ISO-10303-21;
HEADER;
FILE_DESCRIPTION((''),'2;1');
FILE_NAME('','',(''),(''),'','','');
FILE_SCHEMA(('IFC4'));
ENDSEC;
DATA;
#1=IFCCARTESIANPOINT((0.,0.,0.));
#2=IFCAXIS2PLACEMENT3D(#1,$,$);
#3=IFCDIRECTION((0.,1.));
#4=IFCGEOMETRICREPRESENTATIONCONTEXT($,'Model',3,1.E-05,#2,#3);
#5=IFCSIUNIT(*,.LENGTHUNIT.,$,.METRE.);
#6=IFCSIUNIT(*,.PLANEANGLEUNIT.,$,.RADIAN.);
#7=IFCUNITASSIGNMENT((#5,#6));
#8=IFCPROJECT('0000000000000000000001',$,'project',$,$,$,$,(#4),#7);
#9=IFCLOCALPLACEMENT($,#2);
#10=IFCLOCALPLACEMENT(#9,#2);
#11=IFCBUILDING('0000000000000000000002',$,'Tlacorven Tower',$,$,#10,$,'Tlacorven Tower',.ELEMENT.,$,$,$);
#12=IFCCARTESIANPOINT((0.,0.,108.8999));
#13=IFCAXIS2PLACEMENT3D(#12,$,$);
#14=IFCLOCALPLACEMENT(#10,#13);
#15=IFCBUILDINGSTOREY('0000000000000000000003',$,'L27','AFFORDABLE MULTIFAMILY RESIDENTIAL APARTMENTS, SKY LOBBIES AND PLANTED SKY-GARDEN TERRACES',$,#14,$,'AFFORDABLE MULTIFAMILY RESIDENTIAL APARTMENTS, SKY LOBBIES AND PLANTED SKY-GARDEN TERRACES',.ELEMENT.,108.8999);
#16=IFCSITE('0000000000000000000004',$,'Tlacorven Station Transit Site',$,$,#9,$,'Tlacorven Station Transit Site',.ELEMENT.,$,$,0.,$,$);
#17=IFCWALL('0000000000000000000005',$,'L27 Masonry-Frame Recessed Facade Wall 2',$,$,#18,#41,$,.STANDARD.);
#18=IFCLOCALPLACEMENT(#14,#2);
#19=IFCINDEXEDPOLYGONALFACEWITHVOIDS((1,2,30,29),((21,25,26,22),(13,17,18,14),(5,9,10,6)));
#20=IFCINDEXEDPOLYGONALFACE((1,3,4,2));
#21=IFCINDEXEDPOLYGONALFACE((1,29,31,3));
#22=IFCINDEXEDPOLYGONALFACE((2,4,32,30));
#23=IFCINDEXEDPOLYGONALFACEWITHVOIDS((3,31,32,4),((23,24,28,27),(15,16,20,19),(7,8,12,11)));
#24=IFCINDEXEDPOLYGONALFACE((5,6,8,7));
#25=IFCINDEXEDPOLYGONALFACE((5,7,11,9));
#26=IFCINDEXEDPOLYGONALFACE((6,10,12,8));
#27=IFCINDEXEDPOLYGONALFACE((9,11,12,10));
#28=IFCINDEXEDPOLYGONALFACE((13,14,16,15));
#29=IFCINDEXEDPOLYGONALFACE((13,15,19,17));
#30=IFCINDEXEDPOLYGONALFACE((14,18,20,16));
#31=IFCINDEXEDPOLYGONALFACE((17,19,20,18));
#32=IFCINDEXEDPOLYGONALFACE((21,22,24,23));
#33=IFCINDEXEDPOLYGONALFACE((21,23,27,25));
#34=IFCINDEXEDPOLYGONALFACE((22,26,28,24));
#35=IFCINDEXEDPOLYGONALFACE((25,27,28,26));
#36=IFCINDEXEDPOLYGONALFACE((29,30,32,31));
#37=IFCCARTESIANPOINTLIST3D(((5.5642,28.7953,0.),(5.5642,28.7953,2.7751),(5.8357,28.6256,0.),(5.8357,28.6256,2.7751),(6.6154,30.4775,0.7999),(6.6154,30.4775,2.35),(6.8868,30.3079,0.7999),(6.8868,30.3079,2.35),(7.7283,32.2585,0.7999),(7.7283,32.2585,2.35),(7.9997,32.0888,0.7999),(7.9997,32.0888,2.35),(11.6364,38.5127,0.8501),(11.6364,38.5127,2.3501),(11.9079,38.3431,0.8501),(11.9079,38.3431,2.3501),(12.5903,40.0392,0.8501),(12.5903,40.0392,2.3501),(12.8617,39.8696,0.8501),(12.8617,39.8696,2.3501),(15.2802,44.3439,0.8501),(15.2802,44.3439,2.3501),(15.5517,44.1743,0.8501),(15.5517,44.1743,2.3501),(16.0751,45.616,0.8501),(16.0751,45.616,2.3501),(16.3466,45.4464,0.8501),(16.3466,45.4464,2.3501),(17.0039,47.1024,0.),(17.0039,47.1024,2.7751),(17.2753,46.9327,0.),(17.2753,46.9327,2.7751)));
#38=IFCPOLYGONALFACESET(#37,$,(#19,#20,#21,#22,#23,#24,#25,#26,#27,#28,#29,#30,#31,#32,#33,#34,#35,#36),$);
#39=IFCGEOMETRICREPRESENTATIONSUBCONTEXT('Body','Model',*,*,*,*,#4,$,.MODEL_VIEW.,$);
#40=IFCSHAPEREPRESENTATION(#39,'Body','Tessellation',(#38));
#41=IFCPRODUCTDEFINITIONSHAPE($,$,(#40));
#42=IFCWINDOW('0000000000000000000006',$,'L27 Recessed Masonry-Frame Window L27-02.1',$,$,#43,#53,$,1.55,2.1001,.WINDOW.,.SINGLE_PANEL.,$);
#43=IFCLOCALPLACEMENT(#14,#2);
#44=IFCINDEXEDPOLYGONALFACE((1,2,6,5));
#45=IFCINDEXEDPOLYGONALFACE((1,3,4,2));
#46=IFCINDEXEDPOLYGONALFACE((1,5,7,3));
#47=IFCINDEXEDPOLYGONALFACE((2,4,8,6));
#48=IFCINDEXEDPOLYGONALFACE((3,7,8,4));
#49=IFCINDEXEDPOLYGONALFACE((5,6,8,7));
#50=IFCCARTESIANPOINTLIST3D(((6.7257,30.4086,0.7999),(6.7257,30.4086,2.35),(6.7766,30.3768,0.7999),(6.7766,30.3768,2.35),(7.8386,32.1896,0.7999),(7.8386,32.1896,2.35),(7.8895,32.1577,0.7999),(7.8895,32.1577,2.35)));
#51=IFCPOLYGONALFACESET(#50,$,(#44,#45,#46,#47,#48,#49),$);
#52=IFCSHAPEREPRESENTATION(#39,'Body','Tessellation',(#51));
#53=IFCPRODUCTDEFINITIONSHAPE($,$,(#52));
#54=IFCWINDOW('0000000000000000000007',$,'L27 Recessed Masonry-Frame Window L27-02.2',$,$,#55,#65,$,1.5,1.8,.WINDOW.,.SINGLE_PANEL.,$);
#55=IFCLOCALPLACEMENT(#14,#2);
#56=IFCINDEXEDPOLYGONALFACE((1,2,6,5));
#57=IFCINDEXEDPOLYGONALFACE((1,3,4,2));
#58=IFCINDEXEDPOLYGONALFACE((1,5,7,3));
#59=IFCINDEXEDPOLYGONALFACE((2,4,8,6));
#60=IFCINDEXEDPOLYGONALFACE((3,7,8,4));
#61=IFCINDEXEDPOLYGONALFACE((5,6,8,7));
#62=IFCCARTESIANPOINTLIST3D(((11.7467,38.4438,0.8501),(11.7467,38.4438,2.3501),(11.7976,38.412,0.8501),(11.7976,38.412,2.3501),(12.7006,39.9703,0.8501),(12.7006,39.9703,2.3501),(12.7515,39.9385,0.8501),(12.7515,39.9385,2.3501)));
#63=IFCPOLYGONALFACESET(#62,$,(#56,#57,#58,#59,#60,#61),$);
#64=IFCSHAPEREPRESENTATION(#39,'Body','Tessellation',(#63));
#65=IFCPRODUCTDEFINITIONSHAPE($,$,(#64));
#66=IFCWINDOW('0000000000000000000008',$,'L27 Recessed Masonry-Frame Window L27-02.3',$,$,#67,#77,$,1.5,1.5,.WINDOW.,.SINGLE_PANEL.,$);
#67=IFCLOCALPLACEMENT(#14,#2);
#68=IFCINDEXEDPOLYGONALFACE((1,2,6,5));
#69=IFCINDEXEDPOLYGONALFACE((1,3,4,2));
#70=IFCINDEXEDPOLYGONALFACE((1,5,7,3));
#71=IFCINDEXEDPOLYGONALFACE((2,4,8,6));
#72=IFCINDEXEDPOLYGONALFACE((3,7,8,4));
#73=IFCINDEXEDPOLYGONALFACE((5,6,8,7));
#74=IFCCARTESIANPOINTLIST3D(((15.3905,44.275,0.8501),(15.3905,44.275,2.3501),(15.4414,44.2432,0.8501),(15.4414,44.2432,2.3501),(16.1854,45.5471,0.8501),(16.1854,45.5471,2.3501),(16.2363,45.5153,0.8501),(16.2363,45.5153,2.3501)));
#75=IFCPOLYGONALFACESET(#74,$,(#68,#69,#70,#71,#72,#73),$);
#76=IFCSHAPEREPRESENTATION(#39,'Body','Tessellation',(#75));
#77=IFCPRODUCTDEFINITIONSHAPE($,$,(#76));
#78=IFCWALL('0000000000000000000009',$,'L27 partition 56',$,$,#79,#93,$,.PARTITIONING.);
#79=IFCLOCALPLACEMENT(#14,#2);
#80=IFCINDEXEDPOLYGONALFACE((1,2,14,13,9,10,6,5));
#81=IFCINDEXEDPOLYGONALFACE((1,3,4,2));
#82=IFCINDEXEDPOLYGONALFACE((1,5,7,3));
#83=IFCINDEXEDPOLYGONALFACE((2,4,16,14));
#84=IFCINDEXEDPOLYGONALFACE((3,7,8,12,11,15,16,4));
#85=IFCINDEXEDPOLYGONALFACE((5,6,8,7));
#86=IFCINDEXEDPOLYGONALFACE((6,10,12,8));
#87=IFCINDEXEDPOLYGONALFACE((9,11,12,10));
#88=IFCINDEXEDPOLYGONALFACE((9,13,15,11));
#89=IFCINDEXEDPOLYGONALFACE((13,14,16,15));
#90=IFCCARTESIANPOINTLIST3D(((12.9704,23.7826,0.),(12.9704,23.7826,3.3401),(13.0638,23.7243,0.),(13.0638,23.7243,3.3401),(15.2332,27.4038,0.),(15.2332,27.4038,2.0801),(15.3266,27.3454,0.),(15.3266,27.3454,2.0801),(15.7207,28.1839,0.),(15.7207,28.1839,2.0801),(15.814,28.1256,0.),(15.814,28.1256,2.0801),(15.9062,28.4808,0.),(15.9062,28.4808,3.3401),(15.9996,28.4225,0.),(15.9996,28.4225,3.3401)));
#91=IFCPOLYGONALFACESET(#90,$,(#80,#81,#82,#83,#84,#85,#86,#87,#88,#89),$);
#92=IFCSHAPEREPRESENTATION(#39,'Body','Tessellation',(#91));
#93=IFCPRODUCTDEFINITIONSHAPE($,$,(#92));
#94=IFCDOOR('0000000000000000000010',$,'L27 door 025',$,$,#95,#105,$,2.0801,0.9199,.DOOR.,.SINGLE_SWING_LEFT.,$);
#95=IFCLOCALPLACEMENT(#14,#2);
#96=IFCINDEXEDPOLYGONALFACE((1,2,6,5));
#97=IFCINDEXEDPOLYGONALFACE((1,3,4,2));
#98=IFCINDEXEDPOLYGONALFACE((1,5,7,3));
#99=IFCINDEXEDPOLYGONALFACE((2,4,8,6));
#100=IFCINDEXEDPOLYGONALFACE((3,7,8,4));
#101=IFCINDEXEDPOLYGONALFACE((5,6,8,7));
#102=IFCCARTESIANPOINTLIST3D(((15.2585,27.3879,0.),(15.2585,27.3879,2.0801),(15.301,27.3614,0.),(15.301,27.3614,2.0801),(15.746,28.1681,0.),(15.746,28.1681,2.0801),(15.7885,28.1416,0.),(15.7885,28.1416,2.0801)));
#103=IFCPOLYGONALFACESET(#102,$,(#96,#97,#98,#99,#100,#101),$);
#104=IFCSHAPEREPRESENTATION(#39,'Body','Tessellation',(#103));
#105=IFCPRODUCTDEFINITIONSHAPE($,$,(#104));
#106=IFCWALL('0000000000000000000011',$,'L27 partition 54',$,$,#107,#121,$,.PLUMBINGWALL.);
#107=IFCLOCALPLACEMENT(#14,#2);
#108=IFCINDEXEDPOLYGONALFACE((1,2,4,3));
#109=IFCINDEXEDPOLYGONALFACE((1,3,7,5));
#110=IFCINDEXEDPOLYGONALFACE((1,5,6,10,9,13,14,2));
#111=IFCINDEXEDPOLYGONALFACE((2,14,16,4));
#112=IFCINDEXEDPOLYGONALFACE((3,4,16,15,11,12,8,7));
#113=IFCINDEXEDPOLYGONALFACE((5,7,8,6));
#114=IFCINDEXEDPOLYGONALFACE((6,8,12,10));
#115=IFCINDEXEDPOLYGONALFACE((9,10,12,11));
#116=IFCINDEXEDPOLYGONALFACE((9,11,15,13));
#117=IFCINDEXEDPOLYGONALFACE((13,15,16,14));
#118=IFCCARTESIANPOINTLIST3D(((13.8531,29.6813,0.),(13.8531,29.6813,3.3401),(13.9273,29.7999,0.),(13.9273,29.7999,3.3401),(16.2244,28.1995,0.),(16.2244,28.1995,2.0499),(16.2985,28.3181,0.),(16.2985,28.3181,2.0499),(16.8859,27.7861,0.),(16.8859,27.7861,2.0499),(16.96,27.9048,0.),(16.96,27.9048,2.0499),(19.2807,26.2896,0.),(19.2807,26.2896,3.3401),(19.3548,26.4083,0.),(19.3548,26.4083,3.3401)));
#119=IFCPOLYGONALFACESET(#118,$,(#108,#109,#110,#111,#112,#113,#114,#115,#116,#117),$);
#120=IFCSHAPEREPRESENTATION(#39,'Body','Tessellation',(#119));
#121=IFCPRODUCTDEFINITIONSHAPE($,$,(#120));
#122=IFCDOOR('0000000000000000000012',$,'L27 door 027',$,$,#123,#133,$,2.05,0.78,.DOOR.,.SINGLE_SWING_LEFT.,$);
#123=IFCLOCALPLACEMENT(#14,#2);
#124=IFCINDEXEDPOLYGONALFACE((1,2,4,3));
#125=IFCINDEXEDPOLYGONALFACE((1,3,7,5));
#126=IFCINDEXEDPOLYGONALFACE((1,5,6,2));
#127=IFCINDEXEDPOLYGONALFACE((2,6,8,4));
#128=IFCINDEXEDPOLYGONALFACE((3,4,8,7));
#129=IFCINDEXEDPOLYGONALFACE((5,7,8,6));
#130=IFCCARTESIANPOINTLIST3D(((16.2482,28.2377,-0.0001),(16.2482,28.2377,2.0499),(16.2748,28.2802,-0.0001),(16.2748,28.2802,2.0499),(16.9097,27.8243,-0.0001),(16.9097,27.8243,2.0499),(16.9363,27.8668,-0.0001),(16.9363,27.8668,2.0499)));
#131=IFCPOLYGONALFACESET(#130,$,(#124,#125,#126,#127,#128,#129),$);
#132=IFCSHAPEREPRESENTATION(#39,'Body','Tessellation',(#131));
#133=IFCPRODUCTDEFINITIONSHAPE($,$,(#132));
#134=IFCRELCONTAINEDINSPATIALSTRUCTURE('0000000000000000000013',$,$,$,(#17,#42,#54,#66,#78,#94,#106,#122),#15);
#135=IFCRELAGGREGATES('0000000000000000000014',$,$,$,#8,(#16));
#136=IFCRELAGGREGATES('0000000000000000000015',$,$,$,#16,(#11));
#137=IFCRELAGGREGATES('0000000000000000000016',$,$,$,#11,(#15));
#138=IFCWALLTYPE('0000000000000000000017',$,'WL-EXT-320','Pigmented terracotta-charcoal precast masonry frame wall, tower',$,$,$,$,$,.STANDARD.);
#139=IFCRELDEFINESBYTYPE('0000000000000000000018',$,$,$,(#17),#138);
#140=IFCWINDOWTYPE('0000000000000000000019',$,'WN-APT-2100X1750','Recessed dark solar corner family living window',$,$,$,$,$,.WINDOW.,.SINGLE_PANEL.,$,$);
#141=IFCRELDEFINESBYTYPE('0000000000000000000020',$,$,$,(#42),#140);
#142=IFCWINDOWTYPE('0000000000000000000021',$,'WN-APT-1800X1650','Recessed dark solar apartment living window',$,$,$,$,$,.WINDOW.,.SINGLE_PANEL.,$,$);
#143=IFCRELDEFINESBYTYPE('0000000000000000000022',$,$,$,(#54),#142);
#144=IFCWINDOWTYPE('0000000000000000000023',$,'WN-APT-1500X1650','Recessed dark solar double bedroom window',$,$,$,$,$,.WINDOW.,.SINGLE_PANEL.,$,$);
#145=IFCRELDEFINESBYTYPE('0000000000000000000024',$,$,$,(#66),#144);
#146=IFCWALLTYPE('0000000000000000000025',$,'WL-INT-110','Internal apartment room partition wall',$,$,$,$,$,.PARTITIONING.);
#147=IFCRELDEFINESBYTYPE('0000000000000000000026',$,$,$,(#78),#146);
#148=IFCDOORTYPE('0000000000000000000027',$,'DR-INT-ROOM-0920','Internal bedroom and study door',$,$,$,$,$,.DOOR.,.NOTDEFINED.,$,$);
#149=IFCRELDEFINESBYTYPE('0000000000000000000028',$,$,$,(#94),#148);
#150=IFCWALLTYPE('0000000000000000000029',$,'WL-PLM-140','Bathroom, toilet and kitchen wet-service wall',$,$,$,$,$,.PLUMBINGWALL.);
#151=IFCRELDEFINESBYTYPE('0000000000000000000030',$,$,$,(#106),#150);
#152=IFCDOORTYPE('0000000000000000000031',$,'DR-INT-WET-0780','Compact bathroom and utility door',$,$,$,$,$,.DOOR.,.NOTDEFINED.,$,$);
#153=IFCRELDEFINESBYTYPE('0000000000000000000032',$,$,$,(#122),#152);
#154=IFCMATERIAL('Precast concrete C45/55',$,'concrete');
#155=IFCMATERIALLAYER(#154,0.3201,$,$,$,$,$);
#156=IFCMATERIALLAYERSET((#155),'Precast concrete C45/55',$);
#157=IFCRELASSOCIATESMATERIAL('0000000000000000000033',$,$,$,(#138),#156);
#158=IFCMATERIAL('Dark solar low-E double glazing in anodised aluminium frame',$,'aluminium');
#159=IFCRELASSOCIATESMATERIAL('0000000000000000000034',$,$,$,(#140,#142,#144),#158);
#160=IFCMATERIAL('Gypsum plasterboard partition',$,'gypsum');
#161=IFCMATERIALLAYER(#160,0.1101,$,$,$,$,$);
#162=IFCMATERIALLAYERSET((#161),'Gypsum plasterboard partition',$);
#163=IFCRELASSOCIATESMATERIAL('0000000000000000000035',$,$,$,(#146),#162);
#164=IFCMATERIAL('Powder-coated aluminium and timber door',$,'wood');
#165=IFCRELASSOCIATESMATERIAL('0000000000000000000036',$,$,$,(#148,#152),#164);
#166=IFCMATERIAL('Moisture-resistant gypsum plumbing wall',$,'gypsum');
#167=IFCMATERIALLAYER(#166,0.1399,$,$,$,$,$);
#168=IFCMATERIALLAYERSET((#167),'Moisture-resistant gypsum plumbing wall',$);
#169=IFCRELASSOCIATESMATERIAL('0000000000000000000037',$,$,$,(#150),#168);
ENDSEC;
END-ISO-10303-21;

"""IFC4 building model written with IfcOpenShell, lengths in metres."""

from ifc_helpers import new_model, si_unit, direction, frame, frame_2d, origin, place, context, subcontext, project, spatial, rectangle, extrude, source, transform, mapped, material, layer, layer_set, type_object, element, fill, save


model = new_model("IFC4")

# Units and contexts
model_context = context("Model", 3, precision=1e-05, world=origin(), true_north=direction((0.0, 1.0)))
body_context = subcontext(model_context, "Body", "Model", "MODEL_VIEW")
ifc_project = project(units=[si_unit("LENGTHUNIT", "METRE"), si_unit("PLANEANGLEUNIT", "RADIAN")], contexts=[model_context])

# Site, building, storey
site_placement = place(None, origin())
site = spatial("IfcSite", under=ifc_project, at=site_placement, Name="Tlacorven Station Transit Site", LongName="Tlacorven Station Transit Site", CompositionType="ELEMENT", RefElevation=0.0)
building_placement = place(site_placement, origin())
building = spatial("IfcBuilding", under=site, at=building_placement, Name="Tlacorven Tower", LongName="Tlacorven Tower", CompositionType="ELEMENT")
storey_placement = place(building_placement, frame((0.0, 0.0, 108.8999)))
storey = spatial("IfcBuildingStorey", under=building, at=storey_placement, Name="L27", Description="AFFORDABLE MULTIFAMILY RESIDENTIAL APARTMENTS, SKY LOBBIES AND PLANTED SKY-GARDEN TERRACES", LongName="AFFORDABLE MULTIFAMILY RESIDENTIAL APARTMENTS, SKY LOBBIES AND PLANTED SKY-GARDEN TERRACES", CompositionType="ELEMENT", Elevation=108.8999)

# Wall, openings, windows
ifc_material_1 = material(Name="Precast concrete C45/55", Category="concrete")
ifc_layer_1 = layer(ifc_material_1, 0.3201)
ifc_layer_set_1 = layer_set([ifc_layer_1], Name="Precast concrete C45/55")
wall_type_1 = type_object("IfcWallType", Name="WL-EXT-320", Description="Pigmented terracotta-charcoal precast masonry frame wall, tower", PredefinedType="STANDARD", material=ifc_layer_set_1)
wall_1_placement = place(storey_placement, frame((5.7, 28.7104, 0.0), z_axis=(0.0, 0.0, 1.0), x_axis=(0.529924, 0.848045, 0.0)))
wall_1 = element("IfcWall", 1, at=wall_1_placement, inside=storey, type_object=wall_type_1, Name="L27 Masonry-Frame Recessed Facade Wall 2", PredefinedType="STANDARD", context=body_context, shape_type="SweptSolid", body=[
    extrude(rectangle(XDim=21.5874, YDim=0.3201, at=frame_2d((10.7937, 0.0))), origin(), (0.0, 0.0, 1.0), 2.7751),
])
opening_1_placement = place(wall_1_placement, frame((1.9836, 0.0, 0.8)))
opening_1 = element("IfcOpeningElement", 2, at=opening_1_placement, cuts=wall_1, PredefinedType="OPENING", context=body_context, shape_type="SweptSolid", body=[
    extrude(rectangle(XDim=2.1001, YDim=1.55, at=frame_2d((1.05, 0.7749))), frame((0.0, 0.1699, 0.0), z_axis=(0.0, -1.0, 0.0), x_axis=(1.0, 0.0, 0.0)), (0.0, 0.0, 1.0), 0.3401),
])
opening_2_placement = place(wall_1_placement, frame((11.4587, 0.0, 0.8501)))
opening_2 = element("IfcOpeningElement", 3, at=opening_2_placement, cuts=wall_1, PredefinedType="OPENING", context=body_context, shape_type="SweptSolid", body=[
    extrude(rectangle(XDim=1.8, YDim=1.5, at=frame_2d((0.8999, 0.75))), frame((0.0, 0.1699, 0.0), z_axis=(0.0, -1.0, 0.0), x_axis=(1.0, 0.0, 0.0)), (0.0, 0.0, 1.0), 0.3401),
])
opening_3_placement = place(wall_1_placement, frame((18.3347, 0.0, 0.8501)))
opening_3 = element("IfcOpeningElement", 4, at=opening_3_placement, cuts=wall_1, PredefinedType="OPENING", context=body_context, shape_type="SweptSolid", body=[
    extrude(rectangle(XDim=1.5, YDim=1.5, at=frame_2d((0.75, 0.75))), frame((0.0, 0.1699, 0.0), z_axis=(0.0, -1.0, 0.0), x_axis=(1.0, 0.0, 0.0)), (0.0, 0.0, 1.0), 0.3401),
])
ifc_material_2 = material(Name="Dark solar low-E double glazing in anodised aluminium frame", Category="aluminium")
window_type_1 = type_object("IfcWindowType", Name="WN-APT-2100X1750", Description="Recessed dark solar corner family living window", PartitioningType="SINGLE_PANEL", PredefinedType="WINDOW", material=ifc_material_2)
shared_shape_1 = source(origin(), body_context, "Body", "SweptSolid", [
    extrude(rectangle(XDim=2.1001, YDim=1.55, at=frame_2d((1.05, 0.7749))), frame((0.0, 0.03, 0.0), z_axis=(0.0, -1.0, 0.0), x_axis=(1.0, 0.0, 0.0)), (0.0, 0.0, 1.0), 0.0601),
])
window_1_placement = place(opening_1_placement, origin())
window_1 = element("IfcWindow", 5, at=window_1_placement, inside=storey, type_object=window_type_1, Name="L27 Recessed Masonry-Frame Window L27-02.1", OverallHeight=1.55, OverallWidth=2.1001, PartitioningType="SINGLE_PANEL", PredefinedType="WINDOW", context=body_context, shape_type="MappedRepresentation", body=[
    mapped(shared_shape_1, transform((0.0, 0.0, 0.0), scale=1.0)),
])
fill(opening_1, window_1)
window_type_2 = type_object("IfcWindowType", Name="WN-APT-1800X1650", Description="Recessed dark solar apartment living window", PartitioningType="SINGLE_PANEL", PredefinedType="WINDOW", material=ifc_material_2)
shared_shape_2 = source(origin(), body_context, "Body", "SweptSolid", [
    extrude(rectangle(XDim=1.8, YDim=1.5, at=frame_2d((0.8999, 0.75))), frame((0.0, 0.03, 0.0), z_axis=(0.0, -1.0, 0.0), x_axis=(1.0, 0.0, 0.0)), (0.0, 0.0, 1.0), 0.0601),
])
window_2_placement = place(opening_2_placement, origin())
window_2 = element("IfcWindow", 6, at=window_2_placement, inside=storey, type_object=window_type_2, Name="L27 Recessed Masonry-Frame Window L27-02.2", OverallHeight=1.5, OverallWidth=1.8, PartitioningType="SINGLE_PANEL", PredefinedType="WINDOW", context=body_context, shape_type="MappedRepresentation", body=[
    mapped(shared_shape_2, transform((0.0, 0.0, 0.0), scale=1.0)),
])
fill(opening_2, window_2)
window_type_3 = type_object("IfcWindowType", Name="WN-APT-1500X1650", Description="Recessed dark solar double bedroom window", PartitioningType="SINGLE_PANEL", PredefinedType="WINDOW", material=ifc_material_2)
shared_shape_3 = source(origin(), body_context, "Body", "SweptSolid", [
    extrude(rectangle(XDim=1.5, YDim=1.5, at=frame_2d((0.75, 0.75))), frame((0.0, 0.03, 0.0), z_axis=(0.0, -1.0, 0.0), x_axis=(1.0, 0.0, 0.0)), (0.0, 0.0, 1.0), 0.0601),
])
window_3_placement = place(opening_3_placement, origin())
window_3 = element("IfcWindow", 7, at=window_3_placement, inside=storey, type_object=window_type_3, Name="L27 Recessed Masonry-Frame Window L27-02.3", OverallHeight=1.5, OverallWidth=1.5, PartitioningType="SINGLE_PANEL", PredefinedType="WINDOW", context=body_context, shape_type="MappedRepresentation", body=[
    mapped(shared_shape_3, transform((0.0, 0.0, 0.0), scale=1.0)),
])
fill(opening_3, window_3)

# Walls, openings, doors
ifc_material_3 = material(Name="Gypsum plasterboard partition", Category="gypsum")
ifc_layer_2 = layer(ifc_material_3, 0.1101)
ifc_layer_set_2 = layer_set([ifc_layer_2], Name="Gypsum plasterboard partition")
wall_type_2 = type_object("IfcWallType", Name="WL-INT-110", Description="Internal apartment room partition wall", PredefinedType="PARTITIONING", material=ifc_layer_set_2)
wall_2_placement = place(storey_placement, frame((15.9529, 28.4517, 0.0), z_axis=(0.0, 0.0, 1.0), x_axis=(-0.52992, -0.848048, 0.0)))
wall_2 = element("IfcWall", 8, at=wall_2_placement, inside=storey, type_object=wall_type_2, Name="L27 partition 56", PredefinedType="PARTITIONING", context=body_context, shape_type="SweptSolid", body=[
    extrude(rectangle(XDim=5.54, YDim=0.1101, at=frame_2d((2.77, 0.0))), origin(), (0.0, 0.0, 1.0), 3.3401),
])
opening_4_placement = place(wall_2_placement, frame((0.3501, 0.0, 0.0)))
opening_4 = element("IfcOpeningElement", 9, at=opening_4_placement, cuts=wall_2, PredefinedType="OPENING", context=body_context, shape_type="SweptSolid", body=[
    extrude(rectangle(XDim=0.9199, YDim=2.0801, at=frame_2d((0.46, 1.04))), frame((0.0, 0.0649, 0.0), z_axis=(0.0, -1.0, 0.0), x_axis=(1.0, 0.0, 0.0)), (0.0, 0.0, 1.0), 0.1301),
])
ifc_material_4 = material(Name="Powder-coated aluminium and timber door", Category="wood")
door_type_1 = type_object("IfcDoorType", Name="DR-INT-ROOM-0920", Description="Internal bedroom and study door", OperationType="NOTDEFINED", PredefinedType="DOOR", material=ifc_material_4)
shared_shape_4 = source(origin(), body_context, "Body", "SweptSolid", [
    extrude(rectangle(XDim=0.9199, YDim=2.0801, at=frame_2d((0.46, 1.04))), frame((0.0, 0.0249, 0.0), z_axis=(0.0, -1.0, 0.0), x_axis=(1.0, 0.0, 0.0)), (0.0, 0.0, 1.0), 0.05),
])
door_1_placement = place(opening_4_placement, origin())
door_1 = element("IfcDoor", 10, at=door_1_placement, inside=storey, type_object=door_type_1, Name="L27 door 025", OperationType="SINGLE_SWING_LEFT", OverallHeight=2.0801, OverallWidth=0.9199, PredefinedType="DOOR", context=body_context, shape_type="MappedRepresentation", body=[
    mapped(shared_shape_4, transform((0.0, 0.0, 0.0), scale=1.0)),
])
fill(opening_4, door_1)
ifc_material_5 = material(Name="Moisture-resistant gypsum plumbing wall", Category="gypsum")
ifc_layer_3 = layer(ifc_material_5, 0.1399)
ifc_layer_set_3 = layer_set([ifc_layer_3], Name="Moisture-resistant gypsum plumbing wall")
wall_type_3 = type_object("IfcWallType", Name="WL-PLM-140", Description="Bathroom, toilet and kitchen wet-service wall", PredefinedType="PLUMBINGWALL", material=ifc_layer_set_3)
wall_3_placement = place(storey_placement, frame((19.3179, 26.3489, 0.0), z_axis=(0.0, 0.0, 1.0), x_axis=(-0.848039, 0.529934, 0.0)))
wall_3 = element("IfcWall", 11, at=wall_3_placement, inside=storey, type_object=wall_type_3, Name="L27 partition 54", PredefinedType="PLUMBINGWALL", context=body_context, shape_type="SweptSolid", body=[
    extrude(rectangle(XDim=6.4001, YDim=0.1399, at=frame_2d((3.2002, 0.0))), origin(), (0.0, 0.0, 1.0), 3.3401),
])
opening_5_placement = place(wall_3_placement, frame((2.824, 0.0, 0.0)))
opening_5 = element("IfcOpeningElement", 12, at=opening_5_placement, cuts=wall_3, PredefinedType="OPENING", context=body_context, shape_type="SweptSolid", body=[
    extrude(rectangle(XDim=0.78, YDim=2.05, at=frame_2d((0.3901, 1.0249))), frame((0.0, 0.0801, 0.0), z_axis=(0.0, -1.0, 0.0), x_axis=(1.0, 0.0, 0.0)), (0.0, 0.0, 1.0), 0.1599),
])
door_type_2 = type_object("IfcDoorType", Name="DR-INT-WET-0780", Description="Compact bathroom and utility door", OperationType="NOTDEFINED", PredefinedType="DOOR", material=ifc_material_4)
shared_shape_5 = source(origin(), body_context, "Body", "SweptSolid", [
    extrude(rectangle(XDim=0.78, YDim=2.05, at=frame_2d((0.3901, 1.0249))), frame((0.0, 0.0249, 0.0), z_axis=(0.0, -1.0, 0.0), x_axis=(1.0, 0.0, 0.0)), (0.0, 0.0, 1.0), 0.05),
])
door_2_placement = place(opening_5_placement, origin())
door_2 = element("IfcDoor", 13, at=door_2_placement, inside=storey, type_object=door_type_2, Name="L27 door 027", OperationType="SINGLE_SWING_LEFT", OverallHeight=2.05, OverallWidth=0.78, PredefinedType="DOOR", context=body_context, shape_type="MappedRepresentation", body=[
    mapped(shared_shape_5, transform((0.0, 0.0, 0.0), scale=1.0)),
])
fill(opening_5, door_2)

save(model, "model.ifc")
